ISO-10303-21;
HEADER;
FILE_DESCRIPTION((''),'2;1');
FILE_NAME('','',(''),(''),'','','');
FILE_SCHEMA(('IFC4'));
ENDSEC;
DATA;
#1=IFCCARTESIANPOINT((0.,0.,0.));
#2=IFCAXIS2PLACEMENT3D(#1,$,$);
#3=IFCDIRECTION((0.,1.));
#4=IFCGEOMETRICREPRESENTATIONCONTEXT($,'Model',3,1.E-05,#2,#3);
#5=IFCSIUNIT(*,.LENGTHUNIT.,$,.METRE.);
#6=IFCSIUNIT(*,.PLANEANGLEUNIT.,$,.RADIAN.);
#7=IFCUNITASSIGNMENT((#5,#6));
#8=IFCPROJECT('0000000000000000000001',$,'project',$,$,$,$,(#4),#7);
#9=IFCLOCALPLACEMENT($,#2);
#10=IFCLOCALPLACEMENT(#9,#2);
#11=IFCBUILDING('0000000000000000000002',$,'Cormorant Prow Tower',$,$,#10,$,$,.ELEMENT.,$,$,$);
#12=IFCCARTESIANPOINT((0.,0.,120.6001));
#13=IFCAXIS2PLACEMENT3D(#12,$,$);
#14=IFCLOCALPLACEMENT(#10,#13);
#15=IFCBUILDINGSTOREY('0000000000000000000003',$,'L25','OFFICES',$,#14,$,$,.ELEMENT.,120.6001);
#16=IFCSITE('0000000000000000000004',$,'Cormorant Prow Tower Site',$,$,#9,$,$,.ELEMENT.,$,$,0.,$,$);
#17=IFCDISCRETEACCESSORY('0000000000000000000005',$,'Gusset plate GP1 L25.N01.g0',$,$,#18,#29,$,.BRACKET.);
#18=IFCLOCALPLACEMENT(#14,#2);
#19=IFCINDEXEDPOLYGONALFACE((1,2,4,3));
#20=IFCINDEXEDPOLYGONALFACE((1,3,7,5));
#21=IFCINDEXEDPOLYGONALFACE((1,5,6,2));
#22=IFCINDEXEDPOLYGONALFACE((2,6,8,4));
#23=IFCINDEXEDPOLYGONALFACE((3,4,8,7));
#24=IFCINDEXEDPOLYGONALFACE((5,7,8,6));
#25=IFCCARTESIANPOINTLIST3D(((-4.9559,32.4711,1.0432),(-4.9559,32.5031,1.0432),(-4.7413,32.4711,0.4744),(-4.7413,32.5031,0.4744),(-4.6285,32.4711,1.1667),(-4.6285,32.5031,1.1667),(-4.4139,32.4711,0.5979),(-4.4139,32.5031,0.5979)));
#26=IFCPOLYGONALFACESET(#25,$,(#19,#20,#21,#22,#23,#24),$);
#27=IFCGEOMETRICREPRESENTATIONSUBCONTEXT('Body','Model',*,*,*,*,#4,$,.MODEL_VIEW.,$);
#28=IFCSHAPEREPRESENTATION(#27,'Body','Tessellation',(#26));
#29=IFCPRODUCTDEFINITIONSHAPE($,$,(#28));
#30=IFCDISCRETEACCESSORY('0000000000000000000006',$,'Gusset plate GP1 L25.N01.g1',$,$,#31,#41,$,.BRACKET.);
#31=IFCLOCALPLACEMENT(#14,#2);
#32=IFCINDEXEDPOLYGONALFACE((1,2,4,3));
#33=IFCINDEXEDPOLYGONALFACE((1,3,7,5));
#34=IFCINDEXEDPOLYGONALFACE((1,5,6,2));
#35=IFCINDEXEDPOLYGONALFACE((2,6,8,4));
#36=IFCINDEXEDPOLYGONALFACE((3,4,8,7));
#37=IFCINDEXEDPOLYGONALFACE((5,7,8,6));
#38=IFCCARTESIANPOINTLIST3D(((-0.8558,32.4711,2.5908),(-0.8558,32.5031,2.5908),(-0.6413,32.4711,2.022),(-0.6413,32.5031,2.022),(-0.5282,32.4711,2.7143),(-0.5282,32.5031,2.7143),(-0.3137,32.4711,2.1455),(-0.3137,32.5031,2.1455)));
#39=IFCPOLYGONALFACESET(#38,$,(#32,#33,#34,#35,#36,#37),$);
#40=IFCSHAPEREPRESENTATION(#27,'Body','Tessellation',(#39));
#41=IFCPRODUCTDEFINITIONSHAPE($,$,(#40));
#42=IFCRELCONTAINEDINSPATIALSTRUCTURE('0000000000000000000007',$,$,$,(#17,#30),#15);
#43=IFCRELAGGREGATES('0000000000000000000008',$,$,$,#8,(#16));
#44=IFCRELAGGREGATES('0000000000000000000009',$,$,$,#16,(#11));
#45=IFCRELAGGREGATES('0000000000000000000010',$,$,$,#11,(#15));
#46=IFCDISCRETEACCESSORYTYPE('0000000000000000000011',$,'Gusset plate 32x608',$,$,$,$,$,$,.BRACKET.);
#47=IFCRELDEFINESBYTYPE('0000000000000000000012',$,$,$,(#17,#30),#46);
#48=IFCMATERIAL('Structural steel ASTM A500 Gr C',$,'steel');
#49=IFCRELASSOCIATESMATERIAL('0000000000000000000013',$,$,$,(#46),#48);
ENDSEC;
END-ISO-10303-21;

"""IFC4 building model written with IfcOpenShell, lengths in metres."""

from ifc_helpers import new_model, si_unit, direction, frame, origin, origin_2d, place, context, subcontext, project, spatial, rectangle, extrude, material, material_profile, profile_set, type_object, element, save


model = new_model("IFC4")

# Units and contexts
model_context = context("Model", 3, precision=1e-05, world=origin(), true_north=direction((0.0, 1.0)))
body_context = subcontext(model_context, "Body", "Model", "MODEL_VIEW")
ifc_project = project(units=[si_unit("LENGTHUNIT", "METRE"), si_unit("PLANEANGLEUNIT", "RADIAN")], contexts=[model_context])

# Site, building, storey
site_placement = place(None, origin())
site = spatial("IfcSite", under=ifc_project, at=site_placement, Name="Cormorant Prow Tower Site", CompositionType="ELEMENT", RefElevation=0.0)
building_placement = place(site_placement, origin())
building = spatial("IfcBuilding", under=site, at=building_placement, Name="Cormorant Prow Tower", CompositionType="ELEMENT")
storey_placement = place(building_placement, frame((0.0, 0.0, 120.6001)))
storey = spatial("IfcBuildingStorey", under=building, at=storey_placement, Name="L25", Description="OFFICES", CompositionType="ELEMENT", Elevation=120.6001)

# Discrete accessories
ifc_material_1 = material(Name="Structural steel ASTM A500 Gr C", Category="steel")
ifc_material_profile_1 = material_profile(ifc_material_1, rectangle(XDim=0.032, YDim=0.6079, at=origin_2d()), Name="Gusset plate 32x608")
ifc_profile_set_1 = profile_set([ifc_material_profile_1], Name="Structural steel ASTM A500 Gr C")
discrete_accessory_type = type_object("IfcDiscreteAccessoryType", Name="Gusset plate 32x608", PredefinedType="BRACKET", material=ifc_profile_set_1)
discrete_accessory_1_placement = place(storey_placement, frame((-4.5212, 32.4871, 0.8823), z_axis=(-0.93561, 0.0, -0.353034), x_axis=(0.0, -1.0, 0.0)))
element("IfcDiscreteAccessory", 1, at=discrete_accessory_1_placement, inside=storey, type_object=discrete_accessory_type, Name="Gusset plate GP1 L25.N01.g0", PredefinedType="BRACKET", context=body_context, shape_type="SweptSolid", body=[
    extrude(rectangle(XDim=0.032, YDim=0.6079, at=origin_2d()), origin(), (0.0, 0.0, 1.0), 0.3499),
])
discrete_accessory_2_placement = place(storey_placement, frame((-0.7485, 32.4871, 2.3064), z_axis=(0.935697, 0.0, 0.352804), x_axis=(0.0, 1.0, 0.0)))
element("IfcDiscreteAccessory", 2, at=discrete_accessory_2_placement, inside=storey, type_object=discrete_accessory_type, Name="Gusset plate GP1 L25.N01.g1", PredefinedType="BRACKET", context=body_context, shape_type="SweptSolid", body=[
    extrude(rectangle(XDim=0.032, YDim=0.6079, at=origin_2d()), origin(), (0.0, 0.0, 1.0), 0.3501),
])

save(model, "model.ifc")
